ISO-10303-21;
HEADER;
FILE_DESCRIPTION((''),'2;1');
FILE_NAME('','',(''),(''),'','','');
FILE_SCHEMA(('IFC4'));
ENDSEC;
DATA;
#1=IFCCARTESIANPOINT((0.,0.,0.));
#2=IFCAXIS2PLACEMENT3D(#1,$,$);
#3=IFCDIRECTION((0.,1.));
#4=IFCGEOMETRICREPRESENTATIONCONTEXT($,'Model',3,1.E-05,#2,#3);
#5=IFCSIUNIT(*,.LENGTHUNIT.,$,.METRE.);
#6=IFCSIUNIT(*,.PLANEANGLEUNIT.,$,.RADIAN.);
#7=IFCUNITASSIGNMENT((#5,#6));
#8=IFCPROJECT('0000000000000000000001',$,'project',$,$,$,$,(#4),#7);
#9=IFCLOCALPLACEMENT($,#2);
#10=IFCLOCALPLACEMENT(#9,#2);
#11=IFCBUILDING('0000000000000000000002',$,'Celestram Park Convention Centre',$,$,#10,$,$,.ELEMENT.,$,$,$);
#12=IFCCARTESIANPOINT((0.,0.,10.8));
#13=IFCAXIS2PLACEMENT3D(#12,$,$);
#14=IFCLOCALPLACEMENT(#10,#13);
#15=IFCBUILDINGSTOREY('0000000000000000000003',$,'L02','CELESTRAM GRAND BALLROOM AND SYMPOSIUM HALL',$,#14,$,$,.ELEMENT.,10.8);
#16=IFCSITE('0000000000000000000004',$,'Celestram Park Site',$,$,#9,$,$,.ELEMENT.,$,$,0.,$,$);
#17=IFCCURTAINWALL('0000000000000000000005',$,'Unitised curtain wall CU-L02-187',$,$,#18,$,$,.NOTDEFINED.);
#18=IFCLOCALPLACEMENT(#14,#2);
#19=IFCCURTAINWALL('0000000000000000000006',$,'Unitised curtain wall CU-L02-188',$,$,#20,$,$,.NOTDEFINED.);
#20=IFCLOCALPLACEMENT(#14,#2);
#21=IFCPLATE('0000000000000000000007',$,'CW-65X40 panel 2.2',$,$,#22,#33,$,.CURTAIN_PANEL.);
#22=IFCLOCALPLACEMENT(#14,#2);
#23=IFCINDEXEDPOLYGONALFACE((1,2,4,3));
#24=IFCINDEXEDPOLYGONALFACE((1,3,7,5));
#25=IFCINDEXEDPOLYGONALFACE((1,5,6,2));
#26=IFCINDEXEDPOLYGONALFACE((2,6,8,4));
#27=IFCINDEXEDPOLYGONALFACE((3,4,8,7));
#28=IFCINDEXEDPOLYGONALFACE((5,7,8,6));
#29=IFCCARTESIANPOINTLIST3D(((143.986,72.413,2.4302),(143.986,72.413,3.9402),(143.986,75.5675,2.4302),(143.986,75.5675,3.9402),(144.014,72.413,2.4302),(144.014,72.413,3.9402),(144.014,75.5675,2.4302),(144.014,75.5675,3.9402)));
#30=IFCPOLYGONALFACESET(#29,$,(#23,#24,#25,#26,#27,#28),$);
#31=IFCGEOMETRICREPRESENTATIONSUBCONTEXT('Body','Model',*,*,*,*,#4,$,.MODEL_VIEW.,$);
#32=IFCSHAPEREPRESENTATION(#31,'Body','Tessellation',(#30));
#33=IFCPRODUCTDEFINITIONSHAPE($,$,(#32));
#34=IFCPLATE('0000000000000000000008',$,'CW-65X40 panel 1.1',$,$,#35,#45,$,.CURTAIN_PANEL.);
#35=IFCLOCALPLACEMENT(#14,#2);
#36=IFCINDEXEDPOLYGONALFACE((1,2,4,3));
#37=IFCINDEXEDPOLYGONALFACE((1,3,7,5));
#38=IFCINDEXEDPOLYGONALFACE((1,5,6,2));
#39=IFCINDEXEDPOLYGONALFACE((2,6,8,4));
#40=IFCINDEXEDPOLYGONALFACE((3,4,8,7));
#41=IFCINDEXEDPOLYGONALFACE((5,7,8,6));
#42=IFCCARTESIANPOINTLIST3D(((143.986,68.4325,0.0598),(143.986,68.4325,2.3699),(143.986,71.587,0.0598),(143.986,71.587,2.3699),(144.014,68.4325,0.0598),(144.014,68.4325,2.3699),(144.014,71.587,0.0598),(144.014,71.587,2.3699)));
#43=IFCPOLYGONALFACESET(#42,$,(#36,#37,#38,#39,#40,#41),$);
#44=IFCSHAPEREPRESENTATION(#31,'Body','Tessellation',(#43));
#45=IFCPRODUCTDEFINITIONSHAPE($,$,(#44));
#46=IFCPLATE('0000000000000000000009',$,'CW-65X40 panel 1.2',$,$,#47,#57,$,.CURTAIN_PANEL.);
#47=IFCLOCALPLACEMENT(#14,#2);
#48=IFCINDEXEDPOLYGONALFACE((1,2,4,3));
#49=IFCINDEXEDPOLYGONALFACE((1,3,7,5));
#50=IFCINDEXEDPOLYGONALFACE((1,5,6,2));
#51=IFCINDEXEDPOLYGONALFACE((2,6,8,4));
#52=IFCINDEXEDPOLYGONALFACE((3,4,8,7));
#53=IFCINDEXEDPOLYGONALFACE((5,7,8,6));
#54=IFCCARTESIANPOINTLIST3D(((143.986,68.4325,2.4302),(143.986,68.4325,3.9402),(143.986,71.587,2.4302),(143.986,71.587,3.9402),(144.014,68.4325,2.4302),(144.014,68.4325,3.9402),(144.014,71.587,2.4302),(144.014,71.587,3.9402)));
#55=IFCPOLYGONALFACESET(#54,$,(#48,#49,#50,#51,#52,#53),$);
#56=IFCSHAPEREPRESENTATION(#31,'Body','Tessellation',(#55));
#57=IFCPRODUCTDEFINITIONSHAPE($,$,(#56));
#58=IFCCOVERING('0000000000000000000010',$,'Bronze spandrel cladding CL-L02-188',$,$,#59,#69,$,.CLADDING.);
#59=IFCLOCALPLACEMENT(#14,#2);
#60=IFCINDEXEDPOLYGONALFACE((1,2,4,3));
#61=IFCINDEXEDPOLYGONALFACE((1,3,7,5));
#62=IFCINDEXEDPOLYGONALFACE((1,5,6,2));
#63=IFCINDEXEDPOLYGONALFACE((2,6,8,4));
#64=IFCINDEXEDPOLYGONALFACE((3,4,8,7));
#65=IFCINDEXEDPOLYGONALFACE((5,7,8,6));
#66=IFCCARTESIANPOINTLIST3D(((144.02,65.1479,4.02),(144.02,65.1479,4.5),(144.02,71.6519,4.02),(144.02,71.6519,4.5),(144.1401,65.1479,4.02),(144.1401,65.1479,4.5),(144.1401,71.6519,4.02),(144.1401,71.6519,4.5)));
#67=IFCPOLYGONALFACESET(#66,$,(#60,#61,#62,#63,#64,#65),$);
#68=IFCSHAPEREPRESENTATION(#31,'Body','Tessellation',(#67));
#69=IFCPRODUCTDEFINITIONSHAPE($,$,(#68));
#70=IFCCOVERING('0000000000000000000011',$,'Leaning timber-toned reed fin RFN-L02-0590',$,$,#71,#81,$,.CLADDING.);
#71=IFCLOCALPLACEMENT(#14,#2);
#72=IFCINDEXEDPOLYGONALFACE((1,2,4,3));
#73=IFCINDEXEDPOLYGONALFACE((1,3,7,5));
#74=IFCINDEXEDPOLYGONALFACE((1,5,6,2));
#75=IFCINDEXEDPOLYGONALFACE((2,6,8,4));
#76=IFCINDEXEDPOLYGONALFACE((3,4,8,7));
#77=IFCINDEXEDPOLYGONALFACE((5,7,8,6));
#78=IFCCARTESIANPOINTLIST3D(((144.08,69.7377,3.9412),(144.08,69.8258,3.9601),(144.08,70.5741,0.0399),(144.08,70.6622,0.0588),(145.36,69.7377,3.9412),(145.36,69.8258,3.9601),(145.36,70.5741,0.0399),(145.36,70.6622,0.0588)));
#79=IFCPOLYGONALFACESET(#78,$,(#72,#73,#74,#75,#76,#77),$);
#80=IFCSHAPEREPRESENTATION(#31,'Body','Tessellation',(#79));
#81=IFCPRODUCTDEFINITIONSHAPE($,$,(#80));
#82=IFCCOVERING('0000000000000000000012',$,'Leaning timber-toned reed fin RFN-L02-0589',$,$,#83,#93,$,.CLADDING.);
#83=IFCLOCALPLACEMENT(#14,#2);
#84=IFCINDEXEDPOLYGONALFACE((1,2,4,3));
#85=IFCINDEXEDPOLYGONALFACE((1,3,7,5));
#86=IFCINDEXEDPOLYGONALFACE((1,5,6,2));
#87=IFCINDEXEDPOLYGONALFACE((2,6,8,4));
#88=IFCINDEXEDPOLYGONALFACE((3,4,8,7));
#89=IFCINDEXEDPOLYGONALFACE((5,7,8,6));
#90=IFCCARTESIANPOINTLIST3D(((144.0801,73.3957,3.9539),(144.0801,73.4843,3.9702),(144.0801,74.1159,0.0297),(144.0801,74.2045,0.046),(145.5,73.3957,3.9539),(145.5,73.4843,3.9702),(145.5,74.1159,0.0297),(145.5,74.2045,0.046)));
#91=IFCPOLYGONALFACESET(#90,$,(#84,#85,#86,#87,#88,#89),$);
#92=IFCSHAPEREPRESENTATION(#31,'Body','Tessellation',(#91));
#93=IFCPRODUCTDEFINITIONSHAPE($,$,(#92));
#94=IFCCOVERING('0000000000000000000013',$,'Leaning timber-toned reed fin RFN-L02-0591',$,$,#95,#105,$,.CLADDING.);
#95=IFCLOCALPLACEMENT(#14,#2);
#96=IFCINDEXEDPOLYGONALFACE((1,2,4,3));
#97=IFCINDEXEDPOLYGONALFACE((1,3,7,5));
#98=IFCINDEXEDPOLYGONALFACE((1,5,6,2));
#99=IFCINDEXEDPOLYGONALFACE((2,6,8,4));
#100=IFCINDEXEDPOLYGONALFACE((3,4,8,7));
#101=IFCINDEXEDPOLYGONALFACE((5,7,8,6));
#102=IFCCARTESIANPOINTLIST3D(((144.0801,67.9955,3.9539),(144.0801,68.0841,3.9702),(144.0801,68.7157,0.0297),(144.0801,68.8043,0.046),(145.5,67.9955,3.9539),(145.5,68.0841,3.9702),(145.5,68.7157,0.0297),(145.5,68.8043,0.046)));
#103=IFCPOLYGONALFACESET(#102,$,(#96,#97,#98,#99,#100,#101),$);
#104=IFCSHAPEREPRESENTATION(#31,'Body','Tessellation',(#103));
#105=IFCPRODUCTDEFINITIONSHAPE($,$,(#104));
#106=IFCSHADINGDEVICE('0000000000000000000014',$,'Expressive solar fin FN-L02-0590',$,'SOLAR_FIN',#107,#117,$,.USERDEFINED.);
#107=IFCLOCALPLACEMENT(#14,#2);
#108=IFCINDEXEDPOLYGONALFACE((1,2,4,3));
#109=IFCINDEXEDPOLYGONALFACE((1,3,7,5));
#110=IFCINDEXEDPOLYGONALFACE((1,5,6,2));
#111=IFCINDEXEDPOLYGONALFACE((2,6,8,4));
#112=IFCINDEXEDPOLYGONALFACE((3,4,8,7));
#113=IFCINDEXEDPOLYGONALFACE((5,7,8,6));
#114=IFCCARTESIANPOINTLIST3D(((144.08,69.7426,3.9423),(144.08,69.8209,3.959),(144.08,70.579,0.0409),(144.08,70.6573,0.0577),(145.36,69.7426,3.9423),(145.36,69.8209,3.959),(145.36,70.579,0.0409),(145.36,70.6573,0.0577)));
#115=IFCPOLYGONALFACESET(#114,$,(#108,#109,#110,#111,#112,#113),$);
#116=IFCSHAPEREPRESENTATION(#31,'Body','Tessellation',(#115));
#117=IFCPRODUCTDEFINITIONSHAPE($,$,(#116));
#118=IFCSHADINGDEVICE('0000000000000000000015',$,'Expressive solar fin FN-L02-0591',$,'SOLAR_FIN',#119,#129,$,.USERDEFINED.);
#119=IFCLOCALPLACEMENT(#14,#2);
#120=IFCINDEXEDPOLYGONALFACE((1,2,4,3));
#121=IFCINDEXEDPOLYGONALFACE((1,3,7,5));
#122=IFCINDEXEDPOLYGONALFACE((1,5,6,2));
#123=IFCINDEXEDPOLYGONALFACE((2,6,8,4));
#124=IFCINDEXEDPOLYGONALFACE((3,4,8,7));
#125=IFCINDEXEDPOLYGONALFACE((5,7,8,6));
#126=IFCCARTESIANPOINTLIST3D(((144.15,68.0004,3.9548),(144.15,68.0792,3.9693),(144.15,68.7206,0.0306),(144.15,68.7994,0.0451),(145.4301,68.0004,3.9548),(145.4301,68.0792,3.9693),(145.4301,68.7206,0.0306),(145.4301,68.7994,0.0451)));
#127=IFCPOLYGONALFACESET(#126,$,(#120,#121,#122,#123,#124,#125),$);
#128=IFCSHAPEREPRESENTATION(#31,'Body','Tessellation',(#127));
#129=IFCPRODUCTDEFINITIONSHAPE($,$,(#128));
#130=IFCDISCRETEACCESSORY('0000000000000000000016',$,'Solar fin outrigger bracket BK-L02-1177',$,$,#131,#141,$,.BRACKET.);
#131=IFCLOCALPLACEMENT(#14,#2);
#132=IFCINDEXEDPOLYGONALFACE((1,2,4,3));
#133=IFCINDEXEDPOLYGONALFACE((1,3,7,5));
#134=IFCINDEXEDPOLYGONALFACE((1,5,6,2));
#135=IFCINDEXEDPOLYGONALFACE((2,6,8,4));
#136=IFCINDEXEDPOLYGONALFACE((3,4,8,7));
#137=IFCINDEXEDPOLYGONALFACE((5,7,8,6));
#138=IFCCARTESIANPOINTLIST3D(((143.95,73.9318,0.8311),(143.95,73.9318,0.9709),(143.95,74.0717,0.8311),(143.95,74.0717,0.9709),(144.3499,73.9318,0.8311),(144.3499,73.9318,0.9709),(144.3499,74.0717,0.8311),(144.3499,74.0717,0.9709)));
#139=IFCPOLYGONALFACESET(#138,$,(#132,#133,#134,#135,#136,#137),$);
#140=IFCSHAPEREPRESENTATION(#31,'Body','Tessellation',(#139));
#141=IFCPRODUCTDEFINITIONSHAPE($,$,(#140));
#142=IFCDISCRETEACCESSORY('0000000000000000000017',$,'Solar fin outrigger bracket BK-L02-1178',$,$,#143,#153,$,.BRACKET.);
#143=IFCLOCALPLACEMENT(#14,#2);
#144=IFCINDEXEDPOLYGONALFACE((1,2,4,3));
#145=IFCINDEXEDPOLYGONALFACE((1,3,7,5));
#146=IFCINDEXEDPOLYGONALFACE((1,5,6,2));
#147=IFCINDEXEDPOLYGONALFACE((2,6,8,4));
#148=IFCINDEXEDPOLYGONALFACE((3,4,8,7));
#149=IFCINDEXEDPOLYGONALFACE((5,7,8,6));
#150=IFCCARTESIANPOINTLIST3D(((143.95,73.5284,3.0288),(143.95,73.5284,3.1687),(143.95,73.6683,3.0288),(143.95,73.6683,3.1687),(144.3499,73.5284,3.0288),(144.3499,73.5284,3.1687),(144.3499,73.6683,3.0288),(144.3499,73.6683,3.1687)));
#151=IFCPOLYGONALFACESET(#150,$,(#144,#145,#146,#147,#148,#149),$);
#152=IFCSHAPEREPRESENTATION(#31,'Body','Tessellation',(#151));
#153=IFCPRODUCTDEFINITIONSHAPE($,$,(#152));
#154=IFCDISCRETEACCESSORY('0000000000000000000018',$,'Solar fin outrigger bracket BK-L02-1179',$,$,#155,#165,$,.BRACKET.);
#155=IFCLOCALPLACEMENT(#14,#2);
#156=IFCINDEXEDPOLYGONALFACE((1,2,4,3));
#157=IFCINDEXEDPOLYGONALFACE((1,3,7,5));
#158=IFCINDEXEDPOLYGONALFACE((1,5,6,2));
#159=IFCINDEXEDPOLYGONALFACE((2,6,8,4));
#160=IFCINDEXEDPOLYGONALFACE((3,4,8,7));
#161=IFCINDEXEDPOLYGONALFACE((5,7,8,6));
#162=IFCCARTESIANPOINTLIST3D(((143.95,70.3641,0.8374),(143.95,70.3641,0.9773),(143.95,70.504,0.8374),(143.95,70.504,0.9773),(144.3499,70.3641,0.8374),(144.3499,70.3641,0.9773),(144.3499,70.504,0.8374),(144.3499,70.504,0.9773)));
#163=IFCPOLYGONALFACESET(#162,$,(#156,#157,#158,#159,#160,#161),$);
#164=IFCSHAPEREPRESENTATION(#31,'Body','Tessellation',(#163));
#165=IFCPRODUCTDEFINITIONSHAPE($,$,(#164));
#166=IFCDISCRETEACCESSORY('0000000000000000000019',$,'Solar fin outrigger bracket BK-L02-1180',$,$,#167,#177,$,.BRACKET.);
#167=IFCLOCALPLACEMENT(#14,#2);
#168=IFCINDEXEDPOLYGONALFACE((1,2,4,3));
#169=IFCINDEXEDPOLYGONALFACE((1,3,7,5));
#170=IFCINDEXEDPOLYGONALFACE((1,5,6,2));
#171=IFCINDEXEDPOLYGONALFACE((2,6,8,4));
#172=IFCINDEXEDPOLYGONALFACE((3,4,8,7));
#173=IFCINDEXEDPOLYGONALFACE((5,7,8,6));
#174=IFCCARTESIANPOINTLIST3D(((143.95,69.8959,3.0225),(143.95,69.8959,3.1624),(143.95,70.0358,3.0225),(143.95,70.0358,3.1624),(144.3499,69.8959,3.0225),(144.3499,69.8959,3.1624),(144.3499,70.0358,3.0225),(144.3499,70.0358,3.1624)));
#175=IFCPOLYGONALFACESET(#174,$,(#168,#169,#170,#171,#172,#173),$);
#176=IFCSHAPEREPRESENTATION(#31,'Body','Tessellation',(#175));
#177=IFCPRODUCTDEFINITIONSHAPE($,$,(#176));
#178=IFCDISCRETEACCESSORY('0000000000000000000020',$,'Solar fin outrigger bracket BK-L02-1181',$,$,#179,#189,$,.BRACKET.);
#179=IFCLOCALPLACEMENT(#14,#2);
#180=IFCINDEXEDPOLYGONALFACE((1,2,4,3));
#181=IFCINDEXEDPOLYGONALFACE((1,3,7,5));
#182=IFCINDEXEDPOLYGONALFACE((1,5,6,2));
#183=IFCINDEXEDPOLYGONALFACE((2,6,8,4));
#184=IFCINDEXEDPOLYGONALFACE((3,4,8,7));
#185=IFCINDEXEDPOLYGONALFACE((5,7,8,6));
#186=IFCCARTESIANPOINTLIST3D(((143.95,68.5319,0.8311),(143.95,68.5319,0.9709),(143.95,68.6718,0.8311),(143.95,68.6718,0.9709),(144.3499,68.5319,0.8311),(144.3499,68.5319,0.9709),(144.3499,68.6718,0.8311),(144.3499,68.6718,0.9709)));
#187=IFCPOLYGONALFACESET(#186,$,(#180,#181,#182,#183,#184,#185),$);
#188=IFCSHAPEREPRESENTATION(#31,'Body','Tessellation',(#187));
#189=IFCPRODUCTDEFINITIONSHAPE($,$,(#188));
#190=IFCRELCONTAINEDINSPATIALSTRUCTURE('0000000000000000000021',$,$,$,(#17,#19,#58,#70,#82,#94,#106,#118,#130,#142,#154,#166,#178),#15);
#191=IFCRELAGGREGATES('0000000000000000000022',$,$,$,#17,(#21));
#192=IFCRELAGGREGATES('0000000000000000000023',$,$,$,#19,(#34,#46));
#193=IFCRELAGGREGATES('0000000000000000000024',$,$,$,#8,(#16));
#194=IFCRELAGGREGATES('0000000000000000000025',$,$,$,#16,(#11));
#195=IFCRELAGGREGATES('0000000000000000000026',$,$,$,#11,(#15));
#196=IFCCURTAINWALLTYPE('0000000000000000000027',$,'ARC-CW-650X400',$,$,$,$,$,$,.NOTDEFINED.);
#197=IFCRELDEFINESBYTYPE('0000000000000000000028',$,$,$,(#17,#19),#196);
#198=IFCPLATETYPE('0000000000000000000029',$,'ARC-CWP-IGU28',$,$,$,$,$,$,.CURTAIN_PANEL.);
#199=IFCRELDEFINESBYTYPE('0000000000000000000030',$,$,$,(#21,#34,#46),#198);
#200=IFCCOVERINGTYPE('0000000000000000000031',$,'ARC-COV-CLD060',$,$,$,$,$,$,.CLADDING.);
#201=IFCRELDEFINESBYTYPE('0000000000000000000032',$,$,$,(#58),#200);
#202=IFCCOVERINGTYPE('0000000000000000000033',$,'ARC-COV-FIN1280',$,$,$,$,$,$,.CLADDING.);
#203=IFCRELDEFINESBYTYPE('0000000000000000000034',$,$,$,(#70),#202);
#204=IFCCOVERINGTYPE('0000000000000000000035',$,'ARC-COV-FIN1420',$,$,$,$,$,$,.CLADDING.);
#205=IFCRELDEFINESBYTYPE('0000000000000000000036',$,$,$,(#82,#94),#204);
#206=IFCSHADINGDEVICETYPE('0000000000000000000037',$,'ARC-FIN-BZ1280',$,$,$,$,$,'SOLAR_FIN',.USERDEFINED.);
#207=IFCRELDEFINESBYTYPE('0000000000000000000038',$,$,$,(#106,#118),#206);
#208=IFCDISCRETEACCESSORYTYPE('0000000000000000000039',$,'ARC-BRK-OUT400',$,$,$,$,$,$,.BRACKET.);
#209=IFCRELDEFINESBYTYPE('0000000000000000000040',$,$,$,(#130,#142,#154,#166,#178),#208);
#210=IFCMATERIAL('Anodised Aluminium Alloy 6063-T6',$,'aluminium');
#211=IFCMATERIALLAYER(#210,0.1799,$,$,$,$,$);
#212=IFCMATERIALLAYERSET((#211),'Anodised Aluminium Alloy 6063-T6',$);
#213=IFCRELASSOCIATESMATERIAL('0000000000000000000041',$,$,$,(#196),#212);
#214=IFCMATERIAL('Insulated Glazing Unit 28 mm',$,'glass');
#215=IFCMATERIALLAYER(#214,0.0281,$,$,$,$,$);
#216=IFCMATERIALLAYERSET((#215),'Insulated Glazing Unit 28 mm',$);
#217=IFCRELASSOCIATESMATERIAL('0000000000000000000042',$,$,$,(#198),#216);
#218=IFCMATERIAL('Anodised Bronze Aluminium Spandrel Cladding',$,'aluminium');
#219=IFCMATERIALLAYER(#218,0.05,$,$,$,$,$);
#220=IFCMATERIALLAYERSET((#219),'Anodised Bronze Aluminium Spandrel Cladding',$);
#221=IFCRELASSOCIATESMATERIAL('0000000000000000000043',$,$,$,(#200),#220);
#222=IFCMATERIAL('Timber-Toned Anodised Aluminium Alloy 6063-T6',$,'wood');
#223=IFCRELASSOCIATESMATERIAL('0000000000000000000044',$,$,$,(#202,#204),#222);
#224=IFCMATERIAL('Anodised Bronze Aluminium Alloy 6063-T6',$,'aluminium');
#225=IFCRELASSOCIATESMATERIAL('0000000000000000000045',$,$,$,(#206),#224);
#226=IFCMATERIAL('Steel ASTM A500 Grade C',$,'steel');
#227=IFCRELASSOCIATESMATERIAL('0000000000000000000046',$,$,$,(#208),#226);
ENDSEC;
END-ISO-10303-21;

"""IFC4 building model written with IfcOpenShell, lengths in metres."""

from ifc_helpers import new_model, si_unit, direction, frame, origin, origin_2d, place, context, subcontext, project, spatial, rectangle, extrude, material, layer, layer_set, material_profile, profile_set, type_object, element, aggregate, save


model = new_model("IFC4")

# Units and contexts
model_context = context("Model", 3, precision=1e-05, world=origin(), true_north=direction((0.0, 1.0)))
body_context = subcontext(model_context, "Body", "Model", "MODEL_VIEW")
ifc_project = project(units=[si_unit("LENGTHUNIT", "METRE"), si_unit("PLANEANGLEUNIT", "RADIAN")], contexts=[model_context])

# Site, building, storey
site_placement = place(None, origin())
site = spatial("IfcSite", under=ifc_project, at=site_placement, Name="Celestram Park Site", CompositionType="ELEMENT", RefElevation=0.0)
building_placement = place(site_placement, origin())
building = spatial("IfcBuilding", under=site, at=building_placement, Name="Celestram Park Convention Centre", CompositionType="ELEMENT")
storey_placement = place(building_placement, frame((0.0, 0.0, 10.8)))
storey = spatial("IfcBuildingStorey", under=building, at=storey_placement, Name="L02", Description="CELESTRAM GRAND BALLROOM AND SYMPOSIUM HALL", CompositionType="ELEMENT", Elevation=10.8)

# Curtain wall
ifc_material_1 = material(Name="Anodised Aluminium Alloy 6063-T6", Category="aluminium")
ifc_layer_1 = layer(ifc_material_1, 0.1799)
ifc_layer_set_1 = layer_set([ifc_layer_1], Name="Anodised Aluminium Alloy 6063-T6")
curtain_wall_type = type_object("IfcCurtainWallType", Name="ARC-CW-650X400", PredefinedType="NOTDEFINED", material=ifc_layer_set_1)
curtain_wall_1_placement = place(storey_placement, origin())
curtain_wall_1 = element("IfcCurtainWall", 1, at=curtain_wall_1_placement, inside=storey, type_object=curtain_wall_type, Name="Unitised curtain wall CU-L02-187", PredefinedType="NOTDEFINED")

# Curtain wall
curtain_wall_2_placement = place(storey_placement, origin())
curtain_wall_2 = element("IfcCurtainWall", 2, at=curtain_wall_2_placement, inside=storey, type_object=curtain_wall_type, Name="Unitised curtain wall CU-L02-188", PredefinedType="NOTDEFINED")

# Shared definitions
ifc_material_2 = material(Name="Steel ASTM A500 Grade C", Category="steel")

# Plates
ifc_material_3 = material(Name="Insulated Glazing Unit 28 mm", Category="glass")
ifc_layer_2 = layer(ifc_material_3, 0.0281)
ifc_layer_set_2 = layer_set([ifc_layer_2], Name="Insulated Glazing Unit 28 mm")
plate_type = type_object("IfcPlateType", Name="ARC-CWP-IGU28", PredefinedType="CURTAIN_PANEL", material=ifc_layer_set_2)
plate_1_placement = place(storey_placement, frame((144.0, 73.9902, 2.4302), z_axis=(0.0, 0.0, 1.0), x_axis=(0.0, -1.0, 0.0)))
plate_1 = element("IfcPlate", 3, at=plate_1_placement, type_object=plate_type, Name="CW-65X40 panel 2.2", PredefinedType="CURTAIN_PANEL", context=body_context, shape_type="SweptSolid", body=[
    extrude(rectangle(XDim=3.1545, YDim=0.0281, at=origin_2d()), origin(), (0.0, 0.0, 1.0), 1.51),
])
aggregate(curtain_wall_1, [plate_1])
plate_2_placement = place(storey_placement, frame((144.0, 70.0098, 0.0598), z_axis=(0.0, 0.0, 1.0), x_axis=(0.0, -1.0, 0.0)))
plate_2 = element("IfcPlate", 4, at=plate_2_placement, type_object=plate_type, Name="CW-65X40 panel 1.1", PredefinedType="CURTAIN_PANEL", context=body_context, shape_type="SweptSolid", body=[
    extrude(rectangle(XDim=3.1545, YDim=0.0281, at=origin_2d()), origin(), (0.0, 0.0, 1.0), 2.3101),
])
plate_3_placement = place(storey_placement, frame((144.0, 70.0098, 2.4302), z_axis=(0.0, 0.0, 1.0), x_axis=(0.0, -1.0, 0.0)))
plate_3 = element("IfcPlate", 5, at=plate_3_placement, type_object=plate_type, Name="CW-65X40 panel 1.2", PredefinedType="CURTAIN_PANEL", context=body_context, shape_type="SweptSolid", body=[
    extrude(rectangle(XDim=3.1545, YDim=0.0281, at=origin_2d()), origin(), (0.0, 0.0, 1.0), 1.51),
])
aggregate(curtain_wall_2, [plate_2, plate_3])

# Coverings
ifc_material_4 = material(Name="Anodised Bronze Aluminium Spandrel Cladding", Category="aluminium")
ifc_layer_3 = layer(ifc_material_4, 0.05)
ifc_layer_set_3 = layer_set([ifc_layer_3], Name="Anodised Bronze Aluminium Spandrel Cladding")
covering_type_1 = type_object("IfcCoveringType", Name="ARC-COV-CLD060", PredefinedType="CLADDING", material=ifc_layer_set_3)
covering_1_placement = place(storey_placement, frame((144.0801, 68.3999, 4.02), z_axis=(0.0, 0.0, 1.0), x_axis=(0.0, -1.0, 0.0)))
element("IfcCovering", 6, at=covering_1_placement, inside=storey, type_object=covering_type_1, Name="Bronze spandrel cladding CL-L02-188", PredefinedType="CLADDING", context=body_context, shape_type="SweptSolid", body=[
    extrude(rectangle(XDim=6.5039, YDim=0.1201, at=origin_2d()), origin(), (0.0, 0.0, 1.0), 0.48),
])
ifc_material_5 = material(Name="Timber-Toned Anodised Aluminium Alloy 6063-T6", Category="wood")
ifc_material_profile_1 = material_profile(ifc_material_5, rectangle(XDim=1.28, YDim=0.0901, at=origin_2d()), Name="REED1280X90")
ifc_profile_set_1 = profile_set([ifc_material_profile_1], Name="Timber-Toned Anodised Aluminium Alloy 6063-T6")
covering_type_2 = type_object("IfcCoveringType", Name="ARC-COV-FIN1280", PredefinedType="CLADDING", material=ifc_profile_set_1)
covering_2_placement = place(storey_placement, frame((144.72, 70.6182, 0.0493), z_axis=(0.0, -0.209629, 0.977781), x_axis=(1.0, 0.0, 0.0)))
element("IfcCovering", 7, at=covering_2_placement, inside=storey, type_object=covering_type_2, Name="Leaning timber-toned reed fin RFN-L02-0590", PredefinedType="CLADDING", context=body_context, shape_type="SweptSolid", body=[
    extrude(rectangle(XDim=1.28, YDim=0.0901, at=origin_2d()), origin(), (0.0, 0.0, 1.0), 3.99),
])
ifc_material_profile_2 = material_profile(ifc_material_5, rectangle(XDim=1.4199, YDim=0.0901, at=origin_2d()), Name="REED1420X90")
ifc_profile_set_2 = profile_set([ifc_material_profile_2], Name="Timber-Toned Anodised Aluminium Alloy 6063-T6")
covering_type_3 = type_object("IfcCoveringType", Name="ARC-COV-FIN1420", PredefinedType="CLADDING", material=ifc_profile_set_2)
for number, where, z_axis, x_axis, name in (
    (8, (144.79, 74.1602, 0.0378), (0.0, -0.180511, 0.983573), (1.0, 0.0, 0.0), "Leaning timber-toned reed fin RFN-L02-0589"),
    (9, (144.79, 68.76, 0.0378), (0.0, -0.180511, 0.983573), (1.0, 0.0, 0.0), "Leaning timber-toned reed fin RFN-L02-0591"),
):
    element("IfcCovering", number, at=place(storey_placement, frame(where, z_axis=z_axis, x_axis=x_axis)), inside=storey, type_object=covering_type_3, Name=name, PredefinedType="CLADDING", context=body_context, shape_type="SweptSolid", body=[
        extrude(rectangle(XDim=1.4199, YDim=0.0901, at=origin_2d()), origin(), (0.0, 0.0, 1.0), 3.9897),
    ])

# Shading devices
ifc_material_6 = material(Name="Anodised Bronze Aluminium Alloy 6063-T6", Category="aluminium")
ifc_material_profile_3 = material_profile(ifc_material_6, rectangle(XDim=1.28, YDim=0.0801, at=origin_2d()), Name="FIN1280X80")
ifc_profile_set_3 = profile_set([ifc_material_profile_3], Name="Anodised Bronze Aluminium Alloy 6063-T6")
shading_device_type = type_object("IfcShadingDeviceType", Name="ARC-FIN-BZ1280", ElementType="SOLAR_FIN", PredefinedType="USERDEFINED", material=ifc_profile_set_3)
shading_device_1_placement = place(storey_placement, frame((144.72, 70.6182, 0.0493), z_axis=(0.0, -0.209629, 0.977781), x_axis=(1.0, 0.0, 0.0)))
element("IfcShadingDevice", 10, at=shading_device_1_placement, inside=storey, type_object=shading_device_type, Name="Expressive solar fin FN-L02-0590", ObjectType="SOLAR_FIN", PredefinedType="USERDEFINED", context=body_context, shape_type="SweptSolid", body=[
    extrude(rectangle(XDim=1.28, YDim=0.0801, at=origin_2d()), origin(), (0.0, 0.0, 1.0), 3.99),
])
shading_device_2_placement = place(storey_placement, frame((144.79, 68.76, 0.0378), z_axis=(0.0, -0.180511, 0.983573), x_axis=(1.0, 0.0, 0.0)))
element("IfcShadingDevice", 11, at=shading_device_2_placement, inside=storey, type_object=shading_device_type, Name="Expressive solar fin FN-L02-0591", ObjectType="SOLAR_FIN", PredefinedType="USERDEFINED", context=body_context, shape_type="SweptSolid", body=[
    extrude(rectangle(XDim=1.28, YDim=0.0801, at=origin_2d()), origin(), (0.0, 0.0, 1.0), 3.9897),
])

# Discrete accessories
discrete_accessory_type = type_object("IfcDiscreteAccessoryType", Name="ARC-BRK-OUT400", PredefinedType="BRACKET", material=ifc_material_2)
for number, where, z_axis, x_axis, name in (
    (12, (144.1499, 74.0017, 0.8311), (0.0, 0.0, 1.0), (1.0, 0.0, 0.0), "Solar fin outrigger bracket BK-L02-1177"),
    (13, (144.1499, 73.5984, 3.0288), (0.0, 0.0, 1.0), (1.0, 0.0, 0.0), "Solar fin outrigger bracket BK-L02-1178"),
    (14, (144.1499, 70.4341, 0.8374), (0.0, 0.0, 1.0), (1.0, 0.0, 0.0), "Solar fin outrigger bracket BK-L02-1179"),
    (15, (144.1499, 69.9658, 3.0225), (0.0, 0.0, 1.0), (1.0, 0.0, 0.0), "Solar fin outrigger bracket BK-L02-1180"),
    (16, (144.1499, 68.6018, 0.8311), (0.0, 0.0, 1.0), (1.0, 0.0, 0.0), "Solar fin outrigger bracket BK-L02-1181"),
):
    element("IfcDiscreteAccessory", number, at=place(storey_placement, frame(where, z_axis=z_axis, x_axis=x_axis)), inside=storey, type_object=discrete_accessory_type, Name=name, PredefinedType="BRACKET", context=body_context, shape_type="SweptSolid", body=[
        extrude(rectangle(XDim=0.3999, YDim=0.1399, at=origin_2d()), origin(), (0.0, 0.0, 1.0), 0.1399),
    ])

save(model, "model.ifc")
